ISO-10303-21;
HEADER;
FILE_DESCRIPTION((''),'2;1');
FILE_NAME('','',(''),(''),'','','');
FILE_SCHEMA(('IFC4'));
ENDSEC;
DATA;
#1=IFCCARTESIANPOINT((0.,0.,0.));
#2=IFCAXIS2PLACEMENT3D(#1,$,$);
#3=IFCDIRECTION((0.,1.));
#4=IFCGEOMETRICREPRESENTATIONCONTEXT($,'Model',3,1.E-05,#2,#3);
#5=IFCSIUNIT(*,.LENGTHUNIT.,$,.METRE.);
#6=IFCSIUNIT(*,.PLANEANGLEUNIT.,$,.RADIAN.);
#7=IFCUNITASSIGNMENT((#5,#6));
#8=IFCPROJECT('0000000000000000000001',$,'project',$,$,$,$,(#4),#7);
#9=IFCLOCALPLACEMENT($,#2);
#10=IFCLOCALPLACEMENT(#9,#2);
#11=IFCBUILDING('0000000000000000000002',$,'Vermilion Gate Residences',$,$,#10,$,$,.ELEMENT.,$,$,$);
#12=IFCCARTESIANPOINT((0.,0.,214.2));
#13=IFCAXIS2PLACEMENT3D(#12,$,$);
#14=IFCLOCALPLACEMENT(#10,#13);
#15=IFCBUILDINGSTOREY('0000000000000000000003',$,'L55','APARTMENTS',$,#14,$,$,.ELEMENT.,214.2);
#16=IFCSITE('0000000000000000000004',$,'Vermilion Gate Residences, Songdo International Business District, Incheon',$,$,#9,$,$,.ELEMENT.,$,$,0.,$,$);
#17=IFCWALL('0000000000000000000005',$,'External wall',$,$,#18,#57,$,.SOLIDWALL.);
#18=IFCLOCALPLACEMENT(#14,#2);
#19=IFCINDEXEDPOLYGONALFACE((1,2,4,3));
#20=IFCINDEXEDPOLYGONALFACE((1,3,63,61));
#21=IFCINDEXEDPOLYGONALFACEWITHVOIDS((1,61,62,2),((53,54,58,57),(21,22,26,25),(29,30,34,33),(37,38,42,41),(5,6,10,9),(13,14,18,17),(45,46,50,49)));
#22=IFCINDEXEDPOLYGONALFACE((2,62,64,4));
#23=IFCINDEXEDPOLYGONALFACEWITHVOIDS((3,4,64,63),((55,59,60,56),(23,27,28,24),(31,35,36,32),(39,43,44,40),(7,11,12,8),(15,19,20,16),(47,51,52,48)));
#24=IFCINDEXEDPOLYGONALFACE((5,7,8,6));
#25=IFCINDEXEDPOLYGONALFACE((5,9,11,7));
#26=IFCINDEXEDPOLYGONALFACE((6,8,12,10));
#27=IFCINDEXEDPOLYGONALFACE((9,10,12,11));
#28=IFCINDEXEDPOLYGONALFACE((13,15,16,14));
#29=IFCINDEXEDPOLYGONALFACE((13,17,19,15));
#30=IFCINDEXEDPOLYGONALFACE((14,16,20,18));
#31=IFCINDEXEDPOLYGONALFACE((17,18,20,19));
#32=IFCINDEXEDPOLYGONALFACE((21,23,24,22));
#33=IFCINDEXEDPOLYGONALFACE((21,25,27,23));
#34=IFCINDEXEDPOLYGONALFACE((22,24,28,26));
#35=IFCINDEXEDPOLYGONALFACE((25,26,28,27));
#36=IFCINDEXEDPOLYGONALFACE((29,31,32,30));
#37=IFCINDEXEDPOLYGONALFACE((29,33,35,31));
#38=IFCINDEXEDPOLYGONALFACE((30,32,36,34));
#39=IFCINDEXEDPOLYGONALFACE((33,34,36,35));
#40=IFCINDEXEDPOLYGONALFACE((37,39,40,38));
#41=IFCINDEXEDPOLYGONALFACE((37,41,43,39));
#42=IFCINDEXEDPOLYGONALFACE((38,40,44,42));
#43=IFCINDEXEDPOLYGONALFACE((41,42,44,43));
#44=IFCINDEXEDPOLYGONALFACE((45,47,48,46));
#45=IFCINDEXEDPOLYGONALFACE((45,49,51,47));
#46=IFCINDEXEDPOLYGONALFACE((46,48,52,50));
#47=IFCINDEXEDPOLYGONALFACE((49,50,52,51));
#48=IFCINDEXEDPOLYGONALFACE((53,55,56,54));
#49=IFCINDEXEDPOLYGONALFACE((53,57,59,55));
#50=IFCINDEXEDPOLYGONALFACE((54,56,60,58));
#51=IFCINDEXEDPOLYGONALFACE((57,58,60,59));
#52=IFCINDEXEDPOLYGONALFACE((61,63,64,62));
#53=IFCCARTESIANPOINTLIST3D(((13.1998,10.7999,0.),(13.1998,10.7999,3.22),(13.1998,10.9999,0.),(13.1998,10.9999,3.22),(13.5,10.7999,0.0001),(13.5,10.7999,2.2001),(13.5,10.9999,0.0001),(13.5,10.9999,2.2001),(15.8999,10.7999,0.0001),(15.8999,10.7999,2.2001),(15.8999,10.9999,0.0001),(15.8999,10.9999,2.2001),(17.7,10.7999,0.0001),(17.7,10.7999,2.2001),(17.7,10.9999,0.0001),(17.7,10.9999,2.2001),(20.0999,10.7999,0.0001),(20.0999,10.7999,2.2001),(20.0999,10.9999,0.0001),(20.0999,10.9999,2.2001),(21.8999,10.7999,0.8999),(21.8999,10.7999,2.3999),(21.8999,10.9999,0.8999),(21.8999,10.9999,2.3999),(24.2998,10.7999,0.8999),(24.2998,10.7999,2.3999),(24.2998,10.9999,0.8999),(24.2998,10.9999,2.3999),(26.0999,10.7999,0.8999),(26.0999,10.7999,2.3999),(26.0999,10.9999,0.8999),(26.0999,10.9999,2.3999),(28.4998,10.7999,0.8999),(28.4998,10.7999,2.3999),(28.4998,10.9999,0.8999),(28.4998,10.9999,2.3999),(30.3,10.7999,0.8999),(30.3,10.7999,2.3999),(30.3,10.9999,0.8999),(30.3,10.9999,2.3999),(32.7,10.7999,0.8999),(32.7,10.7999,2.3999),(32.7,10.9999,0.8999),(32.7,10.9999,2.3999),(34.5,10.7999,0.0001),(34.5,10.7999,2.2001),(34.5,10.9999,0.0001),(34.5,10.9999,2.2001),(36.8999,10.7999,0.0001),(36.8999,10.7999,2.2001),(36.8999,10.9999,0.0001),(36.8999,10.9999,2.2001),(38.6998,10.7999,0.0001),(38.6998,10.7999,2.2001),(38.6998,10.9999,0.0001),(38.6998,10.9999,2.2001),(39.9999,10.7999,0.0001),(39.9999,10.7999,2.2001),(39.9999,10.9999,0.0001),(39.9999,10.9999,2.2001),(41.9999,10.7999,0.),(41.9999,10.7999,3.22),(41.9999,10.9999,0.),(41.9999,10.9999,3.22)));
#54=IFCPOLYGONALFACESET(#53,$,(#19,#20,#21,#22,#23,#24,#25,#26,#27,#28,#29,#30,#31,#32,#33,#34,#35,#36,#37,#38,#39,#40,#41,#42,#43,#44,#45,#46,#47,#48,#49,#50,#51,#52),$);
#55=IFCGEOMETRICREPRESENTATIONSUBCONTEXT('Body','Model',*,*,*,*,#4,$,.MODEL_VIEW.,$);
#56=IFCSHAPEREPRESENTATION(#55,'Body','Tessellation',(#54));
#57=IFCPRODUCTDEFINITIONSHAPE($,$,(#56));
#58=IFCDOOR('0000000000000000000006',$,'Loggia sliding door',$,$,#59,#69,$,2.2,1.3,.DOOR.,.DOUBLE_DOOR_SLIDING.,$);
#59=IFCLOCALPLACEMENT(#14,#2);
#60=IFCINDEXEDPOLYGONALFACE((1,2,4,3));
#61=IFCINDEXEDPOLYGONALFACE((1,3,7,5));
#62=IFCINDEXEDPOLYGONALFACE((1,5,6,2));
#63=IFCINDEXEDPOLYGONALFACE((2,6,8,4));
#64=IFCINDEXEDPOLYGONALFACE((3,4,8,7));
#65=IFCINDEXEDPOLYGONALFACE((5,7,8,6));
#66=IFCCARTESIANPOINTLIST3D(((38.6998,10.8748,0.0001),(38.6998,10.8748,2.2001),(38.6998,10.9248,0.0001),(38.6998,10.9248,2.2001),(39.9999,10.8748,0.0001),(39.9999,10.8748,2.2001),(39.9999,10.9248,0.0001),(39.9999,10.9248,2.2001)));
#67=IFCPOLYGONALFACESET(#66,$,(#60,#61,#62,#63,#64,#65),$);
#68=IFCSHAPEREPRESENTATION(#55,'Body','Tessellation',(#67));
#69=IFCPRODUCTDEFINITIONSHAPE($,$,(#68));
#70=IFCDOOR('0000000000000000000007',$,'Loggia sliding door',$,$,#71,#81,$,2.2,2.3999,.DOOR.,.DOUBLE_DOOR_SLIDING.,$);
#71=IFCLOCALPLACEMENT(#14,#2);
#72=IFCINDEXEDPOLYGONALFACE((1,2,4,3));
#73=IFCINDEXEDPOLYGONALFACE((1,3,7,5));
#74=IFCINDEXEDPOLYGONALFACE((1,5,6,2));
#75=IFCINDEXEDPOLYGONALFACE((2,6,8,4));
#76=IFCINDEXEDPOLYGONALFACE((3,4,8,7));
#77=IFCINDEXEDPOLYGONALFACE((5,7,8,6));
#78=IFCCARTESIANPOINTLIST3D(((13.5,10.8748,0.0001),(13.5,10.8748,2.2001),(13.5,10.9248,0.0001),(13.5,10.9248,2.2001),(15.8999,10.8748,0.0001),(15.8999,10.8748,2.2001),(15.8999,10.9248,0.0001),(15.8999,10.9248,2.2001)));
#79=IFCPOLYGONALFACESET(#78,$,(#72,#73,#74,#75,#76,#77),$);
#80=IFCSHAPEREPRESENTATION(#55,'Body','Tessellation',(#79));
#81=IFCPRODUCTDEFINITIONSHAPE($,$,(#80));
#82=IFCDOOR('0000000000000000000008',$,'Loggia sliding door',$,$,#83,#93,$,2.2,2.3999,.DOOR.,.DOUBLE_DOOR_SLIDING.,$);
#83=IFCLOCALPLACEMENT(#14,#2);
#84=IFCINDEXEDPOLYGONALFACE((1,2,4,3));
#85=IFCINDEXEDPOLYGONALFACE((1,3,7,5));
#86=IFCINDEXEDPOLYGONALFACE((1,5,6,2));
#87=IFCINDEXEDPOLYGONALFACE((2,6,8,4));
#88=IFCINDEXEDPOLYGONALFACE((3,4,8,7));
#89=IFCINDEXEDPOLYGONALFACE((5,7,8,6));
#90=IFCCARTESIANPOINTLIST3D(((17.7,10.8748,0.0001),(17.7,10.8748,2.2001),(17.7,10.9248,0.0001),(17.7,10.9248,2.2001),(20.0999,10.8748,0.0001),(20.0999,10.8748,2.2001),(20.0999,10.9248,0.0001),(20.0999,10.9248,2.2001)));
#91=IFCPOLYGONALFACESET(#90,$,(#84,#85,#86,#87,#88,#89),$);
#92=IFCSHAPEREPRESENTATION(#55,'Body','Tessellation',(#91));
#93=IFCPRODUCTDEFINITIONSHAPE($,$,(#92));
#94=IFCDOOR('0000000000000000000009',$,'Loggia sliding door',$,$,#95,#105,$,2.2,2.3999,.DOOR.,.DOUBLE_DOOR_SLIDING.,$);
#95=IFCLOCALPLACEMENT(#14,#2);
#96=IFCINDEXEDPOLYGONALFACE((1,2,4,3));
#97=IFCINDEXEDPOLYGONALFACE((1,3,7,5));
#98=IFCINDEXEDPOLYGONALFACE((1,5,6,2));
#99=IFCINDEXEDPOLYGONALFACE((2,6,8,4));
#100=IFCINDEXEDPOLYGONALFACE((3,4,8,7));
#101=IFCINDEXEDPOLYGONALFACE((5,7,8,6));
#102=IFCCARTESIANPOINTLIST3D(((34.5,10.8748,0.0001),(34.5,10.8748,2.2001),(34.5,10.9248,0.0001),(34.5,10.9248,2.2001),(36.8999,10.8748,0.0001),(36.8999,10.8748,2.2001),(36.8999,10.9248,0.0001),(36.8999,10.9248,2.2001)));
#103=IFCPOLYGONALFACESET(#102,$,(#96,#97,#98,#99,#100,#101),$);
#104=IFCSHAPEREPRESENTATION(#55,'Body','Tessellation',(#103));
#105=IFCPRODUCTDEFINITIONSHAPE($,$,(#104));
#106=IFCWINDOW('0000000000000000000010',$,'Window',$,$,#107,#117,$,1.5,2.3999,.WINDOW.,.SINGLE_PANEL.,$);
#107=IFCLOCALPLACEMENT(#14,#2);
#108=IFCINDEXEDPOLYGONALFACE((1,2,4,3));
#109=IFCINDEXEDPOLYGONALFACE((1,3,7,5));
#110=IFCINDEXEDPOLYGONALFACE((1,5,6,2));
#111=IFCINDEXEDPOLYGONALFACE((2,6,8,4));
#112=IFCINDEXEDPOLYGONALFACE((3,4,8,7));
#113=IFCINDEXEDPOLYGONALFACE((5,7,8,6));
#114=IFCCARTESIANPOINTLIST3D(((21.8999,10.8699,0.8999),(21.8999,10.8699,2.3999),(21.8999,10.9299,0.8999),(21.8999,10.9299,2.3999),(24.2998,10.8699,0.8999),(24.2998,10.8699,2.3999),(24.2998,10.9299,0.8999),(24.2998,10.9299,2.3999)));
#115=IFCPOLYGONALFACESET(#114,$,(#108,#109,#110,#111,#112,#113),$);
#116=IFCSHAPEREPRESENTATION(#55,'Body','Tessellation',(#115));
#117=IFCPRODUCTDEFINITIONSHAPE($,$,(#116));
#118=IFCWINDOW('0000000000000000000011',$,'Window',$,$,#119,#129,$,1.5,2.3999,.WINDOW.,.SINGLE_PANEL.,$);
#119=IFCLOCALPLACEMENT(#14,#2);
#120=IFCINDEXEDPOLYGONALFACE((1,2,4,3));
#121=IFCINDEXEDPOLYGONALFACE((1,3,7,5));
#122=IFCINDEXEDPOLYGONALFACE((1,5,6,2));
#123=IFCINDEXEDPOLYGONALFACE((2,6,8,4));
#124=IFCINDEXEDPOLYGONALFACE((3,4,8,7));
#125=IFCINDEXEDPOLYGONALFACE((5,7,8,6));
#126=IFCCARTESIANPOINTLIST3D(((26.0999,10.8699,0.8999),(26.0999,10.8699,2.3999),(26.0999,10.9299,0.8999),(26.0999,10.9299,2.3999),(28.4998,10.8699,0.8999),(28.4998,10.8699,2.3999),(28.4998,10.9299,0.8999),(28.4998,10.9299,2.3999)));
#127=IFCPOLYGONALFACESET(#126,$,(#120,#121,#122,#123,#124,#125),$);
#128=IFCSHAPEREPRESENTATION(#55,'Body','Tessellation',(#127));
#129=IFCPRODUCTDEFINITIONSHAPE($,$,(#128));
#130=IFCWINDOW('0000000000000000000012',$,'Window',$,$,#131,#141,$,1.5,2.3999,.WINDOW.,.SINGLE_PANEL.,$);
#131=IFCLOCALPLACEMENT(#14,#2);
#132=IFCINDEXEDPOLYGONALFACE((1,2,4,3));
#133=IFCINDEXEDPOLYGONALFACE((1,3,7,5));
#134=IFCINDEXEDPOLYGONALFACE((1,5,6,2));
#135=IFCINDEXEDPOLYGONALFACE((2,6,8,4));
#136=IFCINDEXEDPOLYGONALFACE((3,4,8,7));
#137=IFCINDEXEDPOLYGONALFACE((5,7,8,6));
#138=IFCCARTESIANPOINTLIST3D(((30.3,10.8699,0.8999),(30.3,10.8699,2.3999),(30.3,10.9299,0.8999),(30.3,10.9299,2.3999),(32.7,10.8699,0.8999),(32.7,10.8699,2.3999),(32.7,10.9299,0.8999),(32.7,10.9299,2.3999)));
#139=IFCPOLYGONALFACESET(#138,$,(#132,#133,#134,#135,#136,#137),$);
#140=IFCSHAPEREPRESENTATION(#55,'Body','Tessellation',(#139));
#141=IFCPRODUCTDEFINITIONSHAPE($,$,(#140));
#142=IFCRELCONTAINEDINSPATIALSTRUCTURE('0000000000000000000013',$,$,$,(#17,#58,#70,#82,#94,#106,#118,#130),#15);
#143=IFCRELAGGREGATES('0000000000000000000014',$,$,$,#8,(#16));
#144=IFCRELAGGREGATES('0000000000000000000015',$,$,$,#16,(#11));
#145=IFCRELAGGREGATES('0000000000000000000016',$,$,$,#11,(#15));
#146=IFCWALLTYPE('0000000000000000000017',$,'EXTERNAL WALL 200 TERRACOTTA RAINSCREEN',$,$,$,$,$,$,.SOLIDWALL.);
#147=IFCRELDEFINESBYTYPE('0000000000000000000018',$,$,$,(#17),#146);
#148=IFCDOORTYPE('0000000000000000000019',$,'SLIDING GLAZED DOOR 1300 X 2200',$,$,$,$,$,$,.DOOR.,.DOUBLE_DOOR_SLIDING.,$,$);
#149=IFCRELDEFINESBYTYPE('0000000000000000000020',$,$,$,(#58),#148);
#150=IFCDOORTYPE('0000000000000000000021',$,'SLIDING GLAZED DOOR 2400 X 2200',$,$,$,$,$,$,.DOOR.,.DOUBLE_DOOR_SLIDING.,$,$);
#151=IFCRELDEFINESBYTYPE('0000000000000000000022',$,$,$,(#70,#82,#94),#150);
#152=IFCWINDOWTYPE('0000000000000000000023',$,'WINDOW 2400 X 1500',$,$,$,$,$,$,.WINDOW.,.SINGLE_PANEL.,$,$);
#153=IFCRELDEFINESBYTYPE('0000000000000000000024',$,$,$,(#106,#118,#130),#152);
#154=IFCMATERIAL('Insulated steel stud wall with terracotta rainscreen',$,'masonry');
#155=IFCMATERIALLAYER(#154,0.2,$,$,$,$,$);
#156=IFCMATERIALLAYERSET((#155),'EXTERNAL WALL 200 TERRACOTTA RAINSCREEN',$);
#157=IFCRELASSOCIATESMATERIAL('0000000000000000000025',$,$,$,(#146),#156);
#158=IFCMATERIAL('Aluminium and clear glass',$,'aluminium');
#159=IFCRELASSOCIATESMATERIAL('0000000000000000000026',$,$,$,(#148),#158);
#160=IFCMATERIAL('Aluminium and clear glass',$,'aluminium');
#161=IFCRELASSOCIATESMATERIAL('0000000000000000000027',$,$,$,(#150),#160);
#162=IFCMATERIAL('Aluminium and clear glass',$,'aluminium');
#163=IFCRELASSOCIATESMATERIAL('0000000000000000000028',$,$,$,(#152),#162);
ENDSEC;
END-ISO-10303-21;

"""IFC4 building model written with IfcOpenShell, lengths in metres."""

from ifc_helpers import new_model, si_unit, direction, frame, frame_2d, origin, place, context, subcontext, project, spatial, rectangle, extrude, material, layer, layer_set, type_object, element, fill, save


model = new_model("IFC4")

# Units and contexts
model_context = context("Model", 3, precision=1e-05, world=origin(), true_north=direction((0.0, 1.0)))
body_context = subcontext(model_context, "Body", "Model", "MODEL_VIEW")
ifc_project = project(units=[si_unit("LENGTHUNIT", "METRE"), si_unit("PLANEANGLEUNIT", "RADIAN")], contexts=[model_context])

# Site, building, storey
site_placement = place(None, origin())
site = spatial("IfcSite", under=ifc_project, at=site_placement, Name="Vermilion Gate Residences, Songdo International Business District, Incheon", CompositionType="ELEMENT", RefElevation=0.0)
building_placement = place(site_placement, origin())
building = spatial("IfcBuilding", under=site, at=building_placement, Name="Vermilion Gate Residences", CompositionType="ELEMENT")
storey_placement = place(building_placement, frame((0.0, 0.0, 214.2)))
storey = spatial("IfcBuildingStorey", under=building, at=storey_placement, Name="L55", Description="APARTMENTS", CompositionType="ELEMENT", Elevation=214.2)

# Shared definitions
ifc_material_1 = material(Name="Insulated steel stud wall with terracotta rainscreen", Category="masonry")
ifc_layer_1 = layer(ifc_material_1, 0.2)
ifc_layer_set_1 = layer_set([ifc_layer_1], Name="EXTERNAL WALL 200 TERRACOTTA RAINSCREEN")
wall_type_1 = type_object("IfcWallType", Name="EXTERNAL WALL 200 TERRACOTTA RAINSCREEN", PredefinedType="SOLIDWALL", material=ifc_layer_set_1)

# Wall, openings, doors, windows
wall_1_placement = place(storey_placement, frame((13.2, 10.8999, 0.0), z_axis=(0.0, 0.0, 1.0), x_axis=(1.0, 0.0, 0.0)))
wall_1 = element("IfcWall", 1, at=wall_1_placement, inside=storey, type_object=wall_type_1, Name="External wall", PredefinedType="SOLIDWALL", context=body_context, shape_type="SweptSolid", body=[
    extrude(rectangle(XDim=28.8, YDim=0.2, at=frame_2d((14.3999, 0.0))), origin(), (0.0, 0.0, 1.0), 3.22),
])
opening_1_placement = place(wall_1_placement, frame((0.3, 0.0, 0.0)))
opening_1 = element("IfcOpeningElement", 2, at=opening_1_placement, cuts=wall_1, PredefinedType="OPENING", context=body_context, shape_type="SweptSolid", body=[
    extrude(rectangle(XDim=2.3999, YDim=2.2, at=frame_2d((1.2, 1.1001))), frame((0.0, 0.1099, 0.0), z_axis=(0.0, -1.0, 0.0), x_axis=(1.0, 0.0, 0.0)), (0.0, 0.0, 1.0), 0.22),
])
opening_2_placement = place(wall_1_placement, frame((4.5, 0.0, 0.0)))
opening_2 = element("IfcOpeningElement", 3, at=opening_2_placement, cuts=wall_1, PredefinedType="OPENING", context=body_context, shape_type="SweptSolid", body=[
    extrude(rectangle(XDim=2.3999, YDim=2.2, at=frame_2d((1.2, 1.1001))), frame((0.0, 0.1099, 0.0), z_axis=(0.0, -1.0, 0.0), x_axis=(1.0, 0.0, 0.0)), (0.0, 0.0, 1.0), 0.22),
])
opening_3_placement = place(wall_1_placement, frame((8.7, 0.0, 0.8999)))
opening_3 = element("IfcOpeningElement", 4, at=opening_3_placement, cuts=wall_1, PredefinedType="OPENING", context=body_context, shape_type="SweptSolid", body=[
    extrude(rectangle(XDim=2.3999, YDim=1.5, at=frame_2d((1.2, 0.75))), frame((0.0, 0.1099, 0.0), z_axis=(0.0, -1.0, 0.0), x_axis=(1.0, 0.0, 0.0)), (0.0, 0.0, 1.0), 0.22),
])
opening_4_placement = place(wall_1_placement, frame((12.8999, 0.0, 0.8999)))
opening_4 = element("IfcOpeningElement", 5, at=opening_4_placement, cuts=wall_1, PredefinedType="OPENING", context=body_context, shape_type="SweptSolid", body=[
    extrude(rectangle(XDim=2.3999, YDim=1.5, at=frame_2d((1.2, 0.75))), frame((0.0, 0.1099, 0.0), z_axis=(0.0, -1.0, 0.0), x_axis=(1.0, 0.0, 0.0)), (0.0, 0.0, 1.0), 0.22),
])
opening_5_placement = place(wall_1_placement, frame((17.1001, 0.0, 0.8999)))
opening_5 = element("IfcOpeningElement", 6, at=opening_5_placement, cuts=wall_1, PredefinedType="OPENING", context=body_context, shape_type="SweptSolid", body=[
    extrude(rectangle(XDim=2.3999, YDim=1.5, at=frame_2d((1.2, 0.75))), frame((0.0, 0.1099, 0.0), z_axis=(0.0, -1.0, 0.0), x_axis=(1.0, 0.0, 0.0)), (0.0, 0.0, 1.0), 0.22),
])
opening_6_placement = place(wall_1_placement, frame((21.3, 0.0, 0.0)))
opening_6 = element("IfcOpeningElement", 7, at=opening_6_placement, cuts=wall_1, PredefinedType="OPENING", context=body_context, shape_type="SweptSolid", body=[
    extrude(rectangle(XDim=2.3999, YDim=2.2, at=frame_2d((1.2, 1.1001))), frame((0.0, 0.1099, 0.0), z_axis=(0.0, -1.0, 0.0), x_axis=(1.0, 0.0, 0.0)), (0.0, 0.0, 1.0), 0.22),
])
opening_7_placement = place(wall_1_placement, frame((25.5, 0.0, 0.0)))
opening_7 = element("IfcOpeningElement", 8, at=opening_7_placement, cuts=wall_1, PredefinedType="OPENING", context=body_context, shape_type="SweptSolid", body=[
    extrude(rectangle(XDim=1.3, YDim=2.2, at=frame_2d((0.6499, 1.1001))), frame((0.0, 0.1099, 0.0), z_axis=(0.0, -1.0, 0.0), x_axis=(1.0, 0.0, 0.0)), (0.0, 0.0, 1.0), 0.22),
])
ifc_material_2 = material(Name="Aluminium and clear glass", Category="aluminium")
door_type_1 = type_object("IfcDoorType", Name="SLIDING GLAZED DOOR 1300 X 2200", OperationType="DOUBLE_DOOR_SLIDING", PredefinedType="DOOR", material=ifc_material_2)
door_1_placement = place(opening_7_placement, origin())
door_1 = element("IfcDoor", 9, at=door_1_placement, inside=storey, type_object=door_type_1, Name="Loggia sliding door", OperationType="DOUBLE_DOOR_SLIDING", OverallHeight=2.2, OverallWidth=1.3, PredefinedType="DOOR", context=body_context, shape_type="SweptSolid", body=[
    extrude(rectangle(XDim=1.3, YDim=2.2, at=frame_2d((0.6499, 1.1001))), frame((0.0, 0.0249, 0.0), z_axis=(0.0, -1.0, 0.0), x_axis=(1.0, 0.0, 0.0)), (0.0, 0.0, 1.0), 0.05),
])
fill(opening_7, door_1)
ifc_material_3 = material(Name="Aluminium and clear glass", Category="aluminium")
door_type_2 = type_object("IfcDoorType", Name="SLIDING GLAZED DOOR 2400 X 2200", OperationType="DOUBLE_DOOR_SLIDING", PredefinedType="DOOR", material=ifc_material_3)
door_2_placement = place(opening_1_placement, origin())
door_2 = element("IfcDoor", 10, at=door_2_placement, inside=storey, type_object=door_type_2, Name="Loggia sliding door", OperationType="DOUBLE_DOOR_SLIDING", OverallHeight=2.2, OverallWidth=2.3999, PredefinedType="DOOR", context=body_context, shape_type="SweptSolid", body=[
    extrude(rectangle(XDim=2.3999, YDim=2.2, at=frame_2d((1.2, 1.1001))), frame((0.0, 0.0249, 0.0), z_axis=(0.0, -1.0, 0.0), x_axis=(1.0, 0.0, 0.0)), (0.0, 0.0, 1.0), 0.05),
])
fill(opening_1, door_2)
door_3_placement = place(opening_2_placement, origin())
door_3 = element("IfcDoor", 11, at=door_3_placement, inside=storey, type_object=door_type_2, Name="Loggia sliding door", OperationType="DOUBLE_DOOR_SLIDING", OverallHeight=2.2, OverallWidth=2.3999, PredefinedType="DOOR", context=body_context, shape_type="SweptSolid", body=[
    extrude(rectangle(XDim=2.3999, YDim=2.2, at=frame_2d((1.2, 1.1001))), frame((0.0, 0.0249, 0.0), z_axis=(0.0, -1.0, 0.0), x_axis=(1.0, 0.0, 0.0)), (0.0, 0.0, 1.0), 0.05),
])
fill(opening_2, door_3)
door_4_placement = place(opening_6_placement, origin())
door_4 = element("IfcDoor", 12, at=door_4_placement, inside=storey, type_object=door_type_2, Name="Loggia sliding door", OperationType="DOUBLE_DOOR_SLIDING", OverallHeight=2.2, OverallWidth=2.3999, PredefinedType="DOOR", context=body_context, shape_type="SweptSolid", body=[
    extrude(rectangle(XDim=2.3999, YDim=2.2, at=frame_2d((1.2, 1.1001))), frame((0.0, 0.0249, 0.0), z_axis=(0.0, -1.0, 0.0), x_axis=(1.0, 0.0, 0.0)), (0.0, 0.0, 1.0), 0.05),
])
fill(opening_6, door_4)
ifc_material_4 = material(Name="Aluminium and clear glass", Category="aluminium")
window_type = type_object("IfcWindowType", Name="WINDOW 2400 X 1500", PartitioningType="SINGLE_PANEL", PredefinedType="WINDOW", material=ifc_material_4)
window_1_placement = place(opening_3_placement, origin())
window_1 = element("IfcWindow", 13, at=window_1_placement, inside=storey, type_object=window_type, Name="Window", OverallHeight=1.5, OverallWidth=2.3999, PartitioningType="SINGLE_PANEL", PredefinedType="WINDOW", context=body_context, shape_type="SweptSolid", body=[
    extrude(rectangle(XDim=2.3999, YDim=1.5, at=frame_2d((1.2, 0.75))), frame((0.0, 0.03, 0.0), z_axis=(0.0, -1.0, 0.0), x_axis=(1.0, 0.0, 0.0)), (0.0, 0.0, 1.0), 0.0601),
])
fill(opening_3, window_1)
window_2_placement = place(opening_4_placement, origin())
window_2 = element("IfcWindow", 14, at=window_2_placement, inside=storey, type_object=window_type, Name="Window", OverallHeight=1.5, OverallWidth=2.3999, PartitioningType="SINGLE_PANEL", PredefinedType="WINDOW", context=body_context, shape_type="SweptSolid", body=[
    extrude(rectangle(XDim=2.3999, YDim=1.5, at=frame_2d((1.2, 0.75))), frame((0.0, 0.03, 0.0), z_axis=(0.0, -1.0, 0.0), x_axis=(1.0, 0.0, 0.0)), (0.0, 0.0, 1.0), 0.0601),
])
fill(opening_4, window_2)
window_3_placement = place(opening_5_placement, origin())
window_3 = element("IfcWindow", 15, at=window_3_placement, inside=storey, type_object=window_type, Name="Window", OverallHeight=1.5, OverallWidth=2.3999, PartitioningType="SINGLE_PANEL", PredefinedType="WINDOW", context=body_context, shape_type="SweptSolid", body=[
    extrude(rectangle(XDim=2.3999, YDim=1.5, at=frame_2d((1.2, 0.75))), frame((0.0, 0.03, 0.0), z_axis=(0.0, -1.0, 0.0), x_axis=(1.0, 0.0, 0.0)), (0.0, 0.0, 1.0), 0.0601),
])
fill(opening_5, window_3)

save(model, "model.ifc")
